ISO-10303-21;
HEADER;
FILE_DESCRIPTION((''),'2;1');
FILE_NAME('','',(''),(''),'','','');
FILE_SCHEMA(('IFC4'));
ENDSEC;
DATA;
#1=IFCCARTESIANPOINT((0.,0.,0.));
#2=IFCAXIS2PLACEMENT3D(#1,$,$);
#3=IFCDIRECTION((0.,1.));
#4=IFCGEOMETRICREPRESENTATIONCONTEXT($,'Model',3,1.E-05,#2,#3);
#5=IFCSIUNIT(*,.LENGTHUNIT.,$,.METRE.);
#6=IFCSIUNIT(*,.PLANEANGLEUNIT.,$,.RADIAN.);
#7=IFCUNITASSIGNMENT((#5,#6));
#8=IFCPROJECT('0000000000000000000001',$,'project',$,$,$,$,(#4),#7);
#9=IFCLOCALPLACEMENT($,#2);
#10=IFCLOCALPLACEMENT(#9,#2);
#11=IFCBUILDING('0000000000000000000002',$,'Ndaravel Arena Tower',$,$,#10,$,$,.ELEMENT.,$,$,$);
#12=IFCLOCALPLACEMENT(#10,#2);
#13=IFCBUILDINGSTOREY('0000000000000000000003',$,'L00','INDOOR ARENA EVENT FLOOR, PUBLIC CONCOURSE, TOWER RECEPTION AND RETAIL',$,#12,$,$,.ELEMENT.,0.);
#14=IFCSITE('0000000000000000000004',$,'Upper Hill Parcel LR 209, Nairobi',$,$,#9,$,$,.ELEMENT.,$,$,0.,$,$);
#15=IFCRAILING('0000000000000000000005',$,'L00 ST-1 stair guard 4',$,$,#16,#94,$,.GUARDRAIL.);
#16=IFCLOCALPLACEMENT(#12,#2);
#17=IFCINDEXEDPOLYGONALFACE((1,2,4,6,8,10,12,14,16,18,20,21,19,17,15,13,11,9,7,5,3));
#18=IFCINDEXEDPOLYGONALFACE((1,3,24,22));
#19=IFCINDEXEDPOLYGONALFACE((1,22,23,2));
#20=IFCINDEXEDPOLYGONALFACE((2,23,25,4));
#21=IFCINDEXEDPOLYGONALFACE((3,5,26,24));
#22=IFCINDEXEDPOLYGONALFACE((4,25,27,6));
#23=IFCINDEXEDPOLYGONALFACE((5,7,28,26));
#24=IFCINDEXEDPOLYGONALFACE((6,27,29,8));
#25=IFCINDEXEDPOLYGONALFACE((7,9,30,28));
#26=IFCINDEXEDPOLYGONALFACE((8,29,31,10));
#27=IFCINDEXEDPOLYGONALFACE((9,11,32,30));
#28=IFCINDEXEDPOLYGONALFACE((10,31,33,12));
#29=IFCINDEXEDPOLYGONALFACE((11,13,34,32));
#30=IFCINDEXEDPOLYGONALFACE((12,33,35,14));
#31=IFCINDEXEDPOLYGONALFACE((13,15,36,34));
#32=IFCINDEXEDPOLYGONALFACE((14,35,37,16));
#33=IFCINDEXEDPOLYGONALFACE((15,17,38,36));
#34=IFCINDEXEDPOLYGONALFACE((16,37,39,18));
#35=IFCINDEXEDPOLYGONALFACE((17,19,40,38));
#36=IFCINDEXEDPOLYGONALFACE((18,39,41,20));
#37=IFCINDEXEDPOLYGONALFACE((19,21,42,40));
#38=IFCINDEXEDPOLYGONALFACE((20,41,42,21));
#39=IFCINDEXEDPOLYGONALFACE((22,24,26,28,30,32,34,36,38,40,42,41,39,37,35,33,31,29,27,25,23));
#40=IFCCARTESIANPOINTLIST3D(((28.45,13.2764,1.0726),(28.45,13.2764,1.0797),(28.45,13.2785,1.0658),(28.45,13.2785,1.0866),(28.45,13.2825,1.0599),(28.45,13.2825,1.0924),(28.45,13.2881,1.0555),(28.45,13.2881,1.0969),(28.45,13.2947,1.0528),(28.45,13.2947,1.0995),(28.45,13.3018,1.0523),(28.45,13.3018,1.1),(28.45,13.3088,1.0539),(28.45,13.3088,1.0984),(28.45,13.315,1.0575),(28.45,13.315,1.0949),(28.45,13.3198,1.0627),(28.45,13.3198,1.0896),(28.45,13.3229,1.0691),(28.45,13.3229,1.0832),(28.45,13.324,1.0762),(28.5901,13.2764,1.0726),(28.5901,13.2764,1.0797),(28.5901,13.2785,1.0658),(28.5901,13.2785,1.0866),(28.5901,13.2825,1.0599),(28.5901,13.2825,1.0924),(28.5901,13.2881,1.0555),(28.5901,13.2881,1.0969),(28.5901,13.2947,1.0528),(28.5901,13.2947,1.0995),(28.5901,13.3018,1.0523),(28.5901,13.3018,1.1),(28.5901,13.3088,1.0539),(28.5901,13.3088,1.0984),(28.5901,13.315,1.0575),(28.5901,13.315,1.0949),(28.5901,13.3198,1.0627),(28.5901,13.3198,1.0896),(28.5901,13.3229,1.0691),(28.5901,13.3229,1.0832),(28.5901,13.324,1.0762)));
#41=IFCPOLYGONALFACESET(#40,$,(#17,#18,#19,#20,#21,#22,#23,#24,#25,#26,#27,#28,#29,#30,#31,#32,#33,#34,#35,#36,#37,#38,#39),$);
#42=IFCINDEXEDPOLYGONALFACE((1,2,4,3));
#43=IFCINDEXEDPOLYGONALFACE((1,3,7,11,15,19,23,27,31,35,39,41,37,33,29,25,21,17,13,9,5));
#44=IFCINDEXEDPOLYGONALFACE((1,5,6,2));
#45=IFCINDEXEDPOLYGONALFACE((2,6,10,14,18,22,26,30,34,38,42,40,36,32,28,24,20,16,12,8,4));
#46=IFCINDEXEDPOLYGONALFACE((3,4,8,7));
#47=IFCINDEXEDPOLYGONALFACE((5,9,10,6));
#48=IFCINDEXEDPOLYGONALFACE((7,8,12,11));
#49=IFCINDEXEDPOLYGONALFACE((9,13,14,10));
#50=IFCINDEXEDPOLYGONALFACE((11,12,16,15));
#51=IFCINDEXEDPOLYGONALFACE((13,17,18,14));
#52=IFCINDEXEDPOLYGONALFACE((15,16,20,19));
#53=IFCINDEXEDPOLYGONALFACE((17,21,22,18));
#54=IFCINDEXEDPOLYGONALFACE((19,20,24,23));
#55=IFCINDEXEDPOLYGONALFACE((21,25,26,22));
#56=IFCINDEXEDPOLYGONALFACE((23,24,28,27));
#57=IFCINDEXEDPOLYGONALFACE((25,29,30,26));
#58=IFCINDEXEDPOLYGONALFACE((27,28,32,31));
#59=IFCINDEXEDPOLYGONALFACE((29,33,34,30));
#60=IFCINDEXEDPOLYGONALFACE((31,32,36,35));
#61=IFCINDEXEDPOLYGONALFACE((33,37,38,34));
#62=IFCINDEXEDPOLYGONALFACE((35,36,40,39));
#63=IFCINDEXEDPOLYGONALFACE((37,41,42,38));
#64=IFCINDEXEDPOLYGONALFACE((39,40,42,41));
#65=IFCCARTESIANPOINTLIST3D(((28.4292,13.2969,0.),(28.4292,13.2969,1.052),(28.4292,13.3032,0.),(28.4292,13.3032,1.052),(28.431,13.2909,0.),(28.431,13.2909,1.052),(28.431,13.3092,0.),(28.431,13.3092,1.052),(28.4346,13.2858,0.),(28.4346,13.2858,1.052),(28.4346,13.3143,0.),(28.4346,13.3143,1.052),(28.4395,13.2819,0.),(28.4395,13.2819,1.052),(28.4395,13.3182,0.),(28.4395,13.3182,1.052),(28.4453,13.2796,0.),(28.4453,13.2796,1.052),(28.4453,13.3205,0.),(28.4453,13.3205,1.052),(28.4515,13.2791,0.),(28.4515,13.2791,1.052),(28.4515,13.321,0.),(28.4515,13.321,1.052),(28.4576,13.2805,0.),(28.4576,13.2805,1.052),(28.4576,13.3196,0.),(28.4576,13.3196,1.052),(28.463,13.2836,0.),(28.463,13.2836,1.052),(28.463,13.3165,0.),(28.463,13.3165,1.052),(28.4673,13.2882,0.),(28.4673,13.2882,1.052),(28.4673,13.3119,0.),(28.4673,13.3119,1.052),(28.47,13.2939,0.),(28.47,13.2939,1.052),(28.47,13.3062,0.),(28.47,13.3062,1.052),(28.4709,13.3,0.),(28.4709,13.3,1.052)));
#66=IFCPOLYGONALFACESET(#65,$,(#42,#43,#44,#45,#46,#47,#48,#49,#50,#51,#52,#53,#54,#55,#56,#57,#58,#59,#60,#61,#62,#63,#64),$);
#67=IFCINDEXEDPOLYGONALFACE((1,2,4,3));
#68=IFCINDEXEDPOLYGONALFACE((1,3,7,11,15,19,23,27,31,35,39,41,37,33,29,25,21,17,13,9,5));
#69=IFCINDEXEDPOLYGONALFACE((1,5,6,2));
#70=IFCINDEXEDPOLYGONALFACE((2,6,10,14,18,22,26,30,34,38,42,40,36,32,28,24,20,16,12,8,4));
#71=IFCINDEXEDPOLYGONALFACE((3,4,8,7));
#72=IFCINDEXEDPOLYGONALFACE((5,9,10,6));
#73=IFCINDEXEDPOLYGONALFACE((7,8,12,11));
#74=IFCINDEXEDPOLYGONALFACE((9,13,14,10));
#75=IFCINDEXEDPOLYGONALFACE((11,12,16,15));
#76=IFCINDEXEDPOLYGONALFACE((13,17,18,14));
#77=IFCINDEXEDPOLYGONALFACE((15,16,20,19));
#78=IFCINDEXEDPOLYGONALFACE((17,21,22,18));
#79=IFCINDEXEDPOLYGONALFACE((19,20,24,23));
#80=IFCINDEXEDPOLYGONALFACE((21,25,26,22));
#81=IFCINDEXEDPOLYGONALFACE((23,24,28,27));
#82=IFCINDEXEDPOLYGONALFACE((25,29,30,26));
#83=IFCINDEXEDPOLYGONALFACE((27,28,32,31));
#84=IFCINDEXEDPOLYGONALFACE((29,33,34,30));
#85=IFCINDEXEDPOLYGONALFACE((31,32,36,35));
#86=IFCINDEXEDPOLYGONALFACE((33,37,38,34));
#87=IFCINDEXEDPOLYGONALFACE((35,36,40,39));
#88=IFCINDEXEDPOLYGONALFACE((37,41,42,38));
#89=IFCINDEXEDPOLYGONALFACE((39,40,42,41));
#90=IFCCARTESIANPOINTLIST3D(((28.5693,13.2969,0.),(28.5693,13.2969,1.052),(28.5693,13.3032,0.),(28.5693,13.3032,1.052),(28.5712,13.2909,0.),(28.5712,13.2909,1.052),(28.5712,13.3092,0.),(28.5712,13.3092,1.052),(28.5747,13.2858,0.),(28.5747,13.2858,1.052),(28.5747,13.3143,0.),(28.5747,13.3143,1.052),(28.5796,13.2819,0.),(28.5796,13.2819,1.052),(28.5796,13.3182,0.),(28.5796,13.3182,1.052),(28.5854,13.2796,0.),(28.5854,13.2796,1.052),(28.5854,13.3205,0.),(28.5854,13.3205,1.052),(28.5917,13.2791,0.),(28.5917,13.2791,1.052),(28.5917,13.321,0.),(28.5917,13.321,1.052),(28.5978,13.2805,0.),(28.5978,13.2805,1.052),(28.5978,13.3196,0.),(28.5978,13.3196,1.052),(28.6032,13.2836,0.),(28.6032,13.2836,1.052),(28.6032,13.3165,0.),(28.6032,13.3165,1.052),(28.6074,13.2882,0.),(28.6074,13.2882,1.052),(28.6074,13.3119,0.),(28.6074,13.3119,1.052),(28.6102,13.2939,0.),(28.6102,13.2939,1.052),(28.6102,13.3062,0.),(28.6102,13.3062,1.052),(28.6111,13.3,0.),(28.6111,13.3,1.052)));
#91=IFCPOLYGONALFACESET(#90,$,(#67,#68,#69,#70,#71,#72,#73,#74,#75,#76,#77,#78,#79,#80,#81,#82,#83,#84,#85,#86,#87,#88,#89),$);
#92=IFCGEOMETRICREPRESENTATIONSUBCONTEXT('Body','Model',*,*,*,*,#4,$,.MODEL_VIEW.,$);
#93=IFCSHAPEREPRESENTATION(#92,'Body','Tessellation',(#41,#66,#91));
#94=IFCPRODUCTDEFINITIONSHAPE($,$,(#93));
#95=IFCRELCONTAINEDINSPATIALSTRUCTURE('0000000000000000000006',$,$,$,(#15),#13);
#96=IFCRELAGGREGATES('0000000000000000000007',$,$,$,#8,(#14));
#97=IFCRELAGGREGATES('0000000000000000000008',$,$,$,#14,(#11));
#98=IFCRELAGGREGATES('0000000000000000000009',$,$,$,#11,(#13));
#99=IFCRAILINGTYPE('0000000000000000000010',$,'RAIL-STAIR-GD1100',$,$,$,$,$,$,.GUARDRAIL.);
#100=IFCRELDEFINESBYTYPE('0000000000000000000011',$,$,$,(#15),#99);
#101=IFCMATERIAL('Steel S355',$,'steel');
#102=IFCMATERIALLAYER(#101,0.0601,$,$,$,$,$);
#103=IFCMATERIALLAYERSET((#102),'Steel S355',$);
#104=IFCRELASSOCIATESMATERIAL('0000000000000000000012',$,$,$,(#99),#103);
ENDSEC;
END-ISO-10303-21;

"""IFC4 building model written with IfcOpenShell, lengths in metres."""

from ifc_helpers import new_model, si_unit, direction, frame, origin, origin_2d, place, context, subcontext, project, spatial, circle, extrude, material, layer, layer_set, type_object, element, save


model = new_model("IFC4")

# Units and contexts
model_context = context("Model", 3, precision=1e-05, world=origin(), true_north=direction((0.0, 1.0)))
body_context = subcontext(model_context, "Body", "Model", "MODEL_VIEW")
ifc_project = project(units=[si_unit("LENGTHUNIT", "METRE"), si_unit("PLANEANGLEUNIT", "RADIAN")], contexts=[model_context])

# Site, building, storey
site_placement = place(None, origin())
site = spatial("IfcSite", under=ifc_project, at=site_placement, Name="Upper Hill Parcel LR 209, Nairobi", CompositionType="ELEMENT", RefElevation=0.0)
building_placement = place(site_placement, origin())
building = spatial("IfcBuilding", under=site, at=building_placement, Name="Ndaravel Arena Tower", CompositionType="ELEMENT")
storey_placement = place(building_placement, origin())
storey = spatial("IfcBuildingStorey", under=building, at=storey_placement, Name="L00", Description="INDOOR ARENA EVENT FLOOR, PUBLIC CONCOURSE, TOWER RECEPTION AND RETAIL", CompositionType="ELEMENT", Elevation=0.0)

# Railing
ifc_material_1 = material(Name="Steel S355", Category="steel")
ifc_layer_1 = layer(ifc_material_1, 0.0601)
ifc_layer_set_1 = layer_set([ifc_layer_1], Name="Steel S355")
railing_type_1 = type_object("IfcRailingType", Name="RAIL-STAIR-GD1100", PredefinedType="GUARDRAIL", material=ifc_layer_set_1)
railing_1_placement = place(storey_placement, frame((28.45, 13.3, 0.0)))
element("IfcRailing", 1, at=railing_1_placement, inside=storey, type_object=railing_type_1, Name="L00 ST-1 stair guard 4", PredefinedType="GUARDRAIL", context=body_context, shape_type="SweptSolid", body=[
    extrude(circle(Radius=0.0239, at=origin_2d()), frame((0.0, 0.0, 1.0762), z_axis=(1.0, 0.0, 0.0), x_axis=(0.0, 1.0, 0.0)), (0.0, 0.0, 1.0), 0.1401),
    extrude(circle(Radius=0.021, at=origin_2d()), origin(), (0.0, 0.0, 1.0), 1.052),
    extrude(circle(Radius=0.021, at=origin_2d()), frame((0.1401, 0.0, 0.0)), (0.0, 0.0, 1.0), 1.052),
])

save(model, "model.ifc")
